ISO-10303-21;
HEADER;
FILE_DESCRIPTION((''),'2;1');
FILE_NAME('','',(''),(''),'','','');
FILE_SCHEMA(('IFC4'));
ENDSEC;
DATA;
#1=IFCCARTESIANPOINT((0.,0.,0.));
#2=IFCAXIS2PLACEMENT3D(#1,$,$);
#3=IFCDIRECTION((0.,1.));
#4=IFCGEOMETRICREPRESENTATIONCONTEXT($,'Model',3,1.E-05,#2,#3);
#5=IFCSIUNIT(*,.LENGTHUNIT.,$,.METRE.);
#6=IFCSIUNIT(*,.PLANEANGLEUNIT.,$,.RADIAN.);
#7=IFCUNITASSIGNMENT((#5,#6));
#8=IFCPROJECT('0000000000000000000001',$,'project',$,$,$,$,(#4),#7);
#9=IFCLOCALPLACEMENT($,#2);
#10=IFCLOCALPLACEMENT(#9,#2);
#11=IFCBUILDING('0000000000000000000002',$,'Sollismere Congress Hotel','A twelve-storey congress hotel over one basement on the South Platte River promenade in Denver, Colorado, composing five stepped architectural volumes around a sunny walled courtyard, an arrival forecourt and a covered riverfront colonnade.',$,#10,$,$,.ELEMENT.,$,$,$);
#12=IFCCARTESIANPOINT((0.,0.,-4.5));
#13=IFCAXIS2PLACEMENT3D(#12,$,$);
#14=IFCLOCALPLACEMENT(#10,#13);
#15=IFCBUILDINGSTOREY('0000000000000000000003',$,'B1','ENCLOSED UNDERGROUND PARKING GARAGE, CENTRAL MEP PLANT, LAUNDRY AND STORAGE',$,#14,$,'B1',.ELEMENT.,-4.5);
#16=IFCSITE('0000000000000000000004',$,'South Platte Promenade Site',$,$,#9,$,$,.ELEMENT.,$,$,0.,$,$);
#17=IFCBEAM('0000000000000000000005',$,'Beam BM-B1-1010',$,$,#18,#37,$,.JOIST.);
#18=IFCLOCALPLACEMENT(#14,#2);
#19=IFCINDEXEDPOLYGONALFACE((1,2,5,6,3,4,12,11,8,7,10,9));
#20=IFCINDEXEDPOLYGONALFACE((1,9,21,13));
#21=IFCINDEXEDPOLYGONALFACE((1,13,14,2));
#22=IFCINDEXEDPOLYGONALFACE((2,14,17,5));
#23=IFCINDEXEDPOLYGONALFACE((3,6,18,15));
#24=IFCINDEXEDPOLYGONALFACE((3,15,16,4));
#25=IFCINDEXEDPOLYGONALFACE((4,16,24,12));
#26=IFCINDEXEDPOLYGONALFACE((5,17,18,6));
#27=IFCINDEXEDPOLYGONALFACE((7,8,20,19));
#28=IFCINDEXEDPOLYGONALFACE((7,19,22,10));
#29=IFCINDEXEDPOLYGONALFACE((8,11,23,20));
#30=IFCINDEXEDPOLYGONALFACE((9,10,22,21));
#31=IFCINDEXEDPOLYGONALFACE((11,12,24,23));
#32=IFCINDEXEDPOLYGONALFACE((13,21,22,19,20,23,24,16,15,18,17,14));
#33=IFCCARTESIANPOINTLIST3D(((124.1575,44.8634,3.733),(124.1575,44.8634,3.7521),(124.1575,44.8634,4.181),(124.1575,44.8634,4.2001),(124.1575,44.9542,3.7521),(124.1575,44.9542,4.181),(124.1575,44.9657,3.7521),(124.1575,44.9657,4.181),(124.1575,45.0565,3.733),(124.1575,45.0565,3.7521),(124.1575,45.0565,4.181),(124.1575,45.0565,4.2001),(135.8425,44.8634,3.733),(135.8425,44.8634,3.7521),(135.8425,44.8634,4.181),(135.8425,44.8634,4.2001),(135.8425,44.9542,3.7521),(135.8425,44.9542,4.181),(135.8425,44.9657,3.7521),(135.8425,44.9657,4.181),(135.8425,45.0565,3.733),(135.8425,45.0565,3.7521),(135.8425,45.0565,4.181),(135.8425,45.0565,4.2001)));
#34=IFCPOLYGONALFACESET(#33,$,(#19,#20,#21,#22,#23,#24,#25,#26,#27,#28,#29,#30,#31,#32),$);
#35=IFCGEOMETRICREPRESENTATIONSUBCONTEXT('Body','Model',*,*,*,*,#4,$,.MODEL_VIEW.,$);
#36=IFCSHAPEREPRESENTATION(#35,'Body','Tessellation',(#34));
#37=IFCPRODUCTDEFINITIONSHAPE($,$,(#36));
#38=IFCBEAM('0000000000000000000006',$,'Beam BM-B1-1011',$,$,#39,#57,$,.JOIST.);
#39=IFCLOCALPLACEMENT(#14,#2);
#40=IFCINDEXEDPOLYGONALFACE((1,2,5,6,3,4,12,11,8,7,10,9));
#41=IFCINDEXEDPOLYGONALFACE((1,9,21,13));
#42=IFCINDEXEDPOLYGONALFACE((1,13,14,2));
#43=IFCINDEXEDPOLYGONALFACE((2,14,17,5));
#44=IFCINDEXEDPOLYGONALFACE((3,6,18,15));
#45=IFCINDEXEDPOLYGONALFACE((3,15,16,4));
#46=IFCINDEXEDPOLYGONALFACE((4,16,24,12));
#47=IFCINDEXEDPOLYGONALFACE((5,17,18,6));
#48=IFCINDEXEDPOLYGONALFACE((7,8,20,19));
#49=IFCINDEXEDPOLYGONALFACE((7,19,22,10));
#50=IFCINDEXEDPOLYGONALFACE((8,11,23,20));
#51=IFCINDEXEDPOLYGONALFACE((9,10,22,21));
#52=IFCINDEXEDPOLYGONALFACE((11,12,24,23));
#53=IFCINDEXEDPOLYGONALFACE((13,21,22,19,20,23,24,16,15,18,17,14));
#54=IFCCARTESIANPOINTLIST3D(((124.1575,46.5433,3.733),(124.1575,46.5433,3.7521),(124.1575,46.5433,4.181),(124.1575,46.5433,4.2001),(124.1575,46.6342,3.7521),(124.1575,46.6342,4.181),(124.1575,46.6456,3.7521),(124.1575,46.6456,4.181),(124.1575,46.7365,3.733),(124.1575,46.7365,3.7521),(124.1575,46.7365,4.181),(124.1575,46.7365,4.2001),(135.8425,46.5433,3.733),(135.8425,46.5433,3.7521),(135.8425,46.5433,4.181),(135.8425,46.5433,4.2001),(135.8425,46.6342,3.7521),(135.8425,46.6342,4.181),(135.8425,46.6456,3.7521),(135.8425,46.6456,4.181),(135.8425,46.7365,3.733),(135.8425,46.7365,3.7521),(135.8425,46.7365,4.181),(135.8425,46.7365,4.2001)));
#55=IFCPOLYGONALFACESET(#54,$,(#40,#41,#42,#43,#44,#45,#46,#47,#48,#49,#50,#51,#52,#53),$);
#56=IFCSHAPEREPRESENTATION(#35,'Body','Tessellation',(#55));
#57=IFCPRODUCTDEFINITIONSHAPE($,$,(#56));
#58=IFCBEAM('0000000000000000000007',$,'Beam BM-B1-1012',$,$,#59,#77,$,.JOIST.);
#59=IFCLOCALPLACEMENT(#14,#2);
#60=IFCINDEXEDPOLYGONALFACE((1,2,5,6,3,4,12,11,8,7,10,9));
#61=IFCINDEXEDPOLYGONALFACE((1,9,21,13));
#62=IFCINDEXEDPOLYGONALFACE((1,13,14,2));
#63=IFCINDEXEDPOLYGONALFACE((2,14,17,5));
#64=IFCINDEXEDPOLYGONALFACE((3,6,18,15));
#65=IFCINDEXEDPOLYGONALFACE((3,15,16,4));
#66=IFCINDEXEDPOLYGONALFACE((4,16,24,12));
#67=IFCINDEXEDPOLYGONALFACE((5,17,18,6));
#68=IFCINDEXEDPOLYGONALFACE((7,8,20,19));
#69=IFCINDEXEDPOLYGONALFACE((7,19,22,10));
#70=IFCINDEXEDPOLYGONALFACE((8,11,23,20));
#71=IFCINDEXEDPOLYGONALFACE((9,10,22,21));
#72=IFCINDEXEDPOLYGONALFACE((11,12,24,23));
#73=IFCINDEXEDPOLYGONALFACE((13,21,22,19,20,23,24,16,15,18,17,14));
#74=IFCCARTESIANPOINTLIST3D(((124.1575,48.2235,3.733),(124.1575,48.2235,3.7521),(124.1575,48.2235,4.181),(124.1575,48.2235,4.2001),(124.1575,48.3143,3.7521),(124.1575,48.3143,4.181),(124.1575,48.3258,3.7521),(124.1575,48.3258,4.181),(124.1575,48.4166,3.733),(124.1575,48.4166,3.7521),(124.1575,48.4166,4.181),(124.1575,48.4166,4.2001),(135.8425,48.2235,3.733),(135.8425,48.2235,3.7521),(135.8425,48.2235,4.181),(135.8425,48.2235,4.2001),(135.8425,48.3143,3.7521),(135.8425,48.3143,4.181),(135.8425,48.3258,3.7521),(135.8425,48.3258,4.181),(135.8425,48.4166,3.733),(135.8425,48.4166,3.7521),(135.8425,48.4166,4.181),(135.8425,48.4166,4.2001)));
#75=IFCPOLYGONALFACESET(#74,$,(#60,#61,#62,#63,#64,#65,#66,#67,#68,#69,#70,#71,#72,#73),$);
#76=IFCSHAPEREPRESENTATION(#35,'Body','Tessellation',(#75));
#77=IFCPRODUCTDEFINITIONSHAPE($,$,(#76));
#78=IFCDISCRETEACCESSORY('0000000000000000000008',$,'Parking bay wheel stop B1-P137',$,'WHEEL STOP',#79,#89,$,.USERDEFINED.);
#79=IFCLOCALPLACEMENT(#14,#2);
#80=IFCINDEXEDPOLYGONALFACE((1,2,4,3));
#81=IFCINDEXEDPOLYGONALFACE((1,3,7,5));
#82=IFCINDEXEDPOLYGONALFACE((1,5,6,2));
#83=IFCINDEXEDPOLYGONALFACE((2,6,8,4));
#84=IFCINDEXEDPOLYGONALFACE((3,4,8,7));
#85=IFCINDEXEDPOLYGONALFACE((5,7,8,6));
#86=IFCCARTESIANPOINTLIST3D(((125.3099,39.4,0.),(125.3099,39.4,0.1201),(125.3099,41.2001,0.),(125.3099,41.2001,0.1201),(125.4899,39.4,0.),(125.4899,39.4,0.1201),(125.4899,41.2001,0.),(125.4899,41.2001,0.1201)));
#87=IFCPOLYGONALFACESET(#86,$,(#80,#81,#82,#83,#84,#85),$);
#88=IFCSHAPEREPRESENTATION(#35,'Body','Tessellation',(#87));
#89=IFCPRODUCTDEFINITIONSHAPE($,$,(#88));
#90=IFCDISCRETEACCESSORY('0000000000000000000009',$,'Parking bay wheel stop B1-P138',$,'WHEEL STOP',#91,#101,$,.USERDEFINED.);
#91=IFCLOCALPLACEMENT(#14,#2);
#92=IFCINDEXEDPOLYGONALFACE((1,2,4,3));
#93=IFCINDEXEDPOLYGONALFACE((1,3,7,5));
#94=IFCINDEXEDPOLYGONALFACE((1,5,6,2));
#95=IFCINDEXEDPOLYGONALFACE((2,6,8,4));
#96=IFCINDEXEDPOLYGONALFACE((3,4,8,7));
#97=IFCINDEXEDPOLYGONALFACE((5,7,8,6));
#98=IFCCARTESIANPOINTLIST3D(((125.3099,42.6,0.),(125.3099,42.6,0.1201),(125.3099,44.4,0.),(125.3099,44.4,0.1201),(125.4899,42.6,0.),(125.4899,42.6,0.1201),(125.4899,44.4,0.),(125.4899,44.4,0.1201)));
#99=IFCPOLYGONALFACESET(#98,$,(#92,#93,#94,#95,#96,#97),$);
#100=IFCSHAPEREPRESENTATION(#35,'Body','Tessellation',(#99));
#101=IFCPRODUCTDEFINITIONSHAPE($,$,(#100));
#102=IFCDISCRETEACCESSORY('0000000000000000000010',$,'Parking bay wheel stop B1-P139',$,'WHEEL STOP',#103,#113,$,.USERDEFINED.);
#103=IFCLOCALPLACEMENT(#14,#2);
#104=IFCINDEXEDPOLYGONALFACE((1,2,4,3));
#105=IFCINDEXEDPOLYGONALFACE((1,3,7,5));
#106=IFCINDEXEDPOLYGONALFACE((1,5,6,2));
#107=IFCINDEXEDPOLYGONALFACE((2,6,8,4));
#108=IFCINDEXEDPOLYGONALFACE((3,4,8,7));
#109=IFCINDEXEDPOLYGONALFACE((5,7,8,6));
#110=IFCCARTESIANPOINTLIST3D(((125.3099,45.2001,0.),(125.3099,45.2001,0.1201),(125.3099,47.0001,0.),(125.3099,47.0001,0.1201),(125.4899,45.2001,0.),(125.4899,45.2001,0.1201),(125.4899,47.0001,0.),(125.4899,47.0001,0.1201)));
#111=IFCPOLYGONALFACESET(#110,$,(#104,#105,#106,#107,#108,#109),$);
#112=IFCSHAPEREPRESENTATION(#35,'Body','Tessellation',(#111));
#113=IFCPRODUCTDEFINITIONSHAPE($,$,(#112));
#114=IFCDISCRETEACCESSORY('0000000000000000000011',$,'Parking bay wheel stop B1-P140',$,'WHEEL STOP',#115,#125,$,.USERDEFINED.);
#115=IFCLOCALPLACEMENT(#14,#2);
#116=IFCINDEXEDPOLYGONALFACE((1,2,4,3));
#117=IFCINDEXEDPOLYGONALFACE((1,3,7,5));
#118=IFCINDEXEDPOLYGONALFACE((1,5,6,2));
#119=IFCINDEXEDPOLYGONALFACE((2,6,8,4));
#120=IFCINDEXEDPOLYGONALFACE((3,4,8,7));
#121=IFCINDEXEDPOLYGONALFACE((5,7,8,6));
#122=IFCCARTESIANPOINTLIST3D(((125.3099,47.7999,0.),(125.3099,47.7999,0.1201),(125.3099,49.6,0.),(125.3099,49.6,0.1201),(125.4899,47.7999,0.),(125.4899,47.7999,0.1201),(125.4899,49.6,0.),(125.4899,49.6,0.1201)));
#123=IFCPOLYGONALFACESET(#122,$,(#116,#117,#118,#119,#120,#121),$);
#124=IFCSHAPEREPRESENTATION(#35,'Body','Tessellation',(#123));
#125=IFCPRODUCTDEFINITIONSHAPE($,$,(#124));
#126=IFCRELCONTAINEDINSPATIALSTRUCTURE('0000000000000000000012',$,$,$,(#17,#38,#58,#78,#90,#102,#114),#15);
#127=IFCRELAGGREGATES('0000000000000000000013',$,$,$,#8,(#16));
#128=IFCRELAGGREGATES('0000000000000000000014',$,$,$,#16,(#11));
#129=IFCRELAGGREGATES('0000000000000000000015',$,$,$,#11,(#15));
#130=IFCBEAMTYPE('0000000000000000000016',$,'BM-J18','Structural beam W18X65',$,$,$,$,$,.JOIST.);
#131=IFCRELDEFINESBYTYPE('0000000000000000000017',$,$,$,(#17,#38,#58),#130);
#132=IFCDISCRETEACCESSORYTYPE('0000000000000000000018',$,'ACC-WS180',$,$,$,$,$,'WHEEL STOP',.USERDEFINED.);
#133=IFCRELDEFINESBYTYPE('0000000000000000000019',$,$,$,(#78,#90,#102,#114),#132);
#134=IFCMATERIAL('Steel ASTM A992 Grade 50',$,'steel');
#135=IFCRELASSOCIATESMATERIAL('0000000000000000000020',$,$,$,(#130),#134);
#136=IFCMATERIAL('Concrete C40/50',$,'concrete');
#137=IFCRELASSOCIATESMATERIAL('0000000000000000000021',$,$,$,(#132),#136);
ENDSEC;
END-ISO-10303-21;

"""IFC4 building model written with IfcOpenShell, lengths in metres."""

from ifc_helpers import new_model, si_unit, direction, frame, origin, origin_2d, place, context, subcontext, project, spatial, rectangle, i_section, extrude, material, material_profile, profile_set, type_object, element, save


model = new_model("IFC4")

# Units and contexts
model_context = context("Model", 3, precision=1e-05, world=origin(), true_north=direction((0.0, 1.0)))
body_context = subcontext(model_context, "Body", "Model", "MODEL_VIEW")
ifc_project = project(units=[si_unit("LENGTHUNIT", "METRE"), si_unit("PLANEANGLEUNIT", "RADIAN")], contexts=[model_context])

# Site, building, storey
site_placement = place(None, origin())
site = spatial("IfcSite", under=ifc_project, at=site_placement, Name="South Platte Promenade Site", CompositionType="ELEMENT", RefElevation=0.0)
building_placement = place(site_placement, origin())
building = spatial("IfcBuilding", under=site, at=building_placement, Name="Sollismere Congress Hotel", Description="A twelve-storey congress hotel over one basement on the South Platte River promenade in Denver, Colorado, composing five stepped architectural volumes around a sunny walled courtyard, an arrival forecourt and a covered riverfront colonnade.", CompositionType="ELEMENT")
storey_placement = place(building_placement, frame((0.0, 0.0, -4.5)))
storey = spatial("IfcBuildingStorey", under=building, at=storey_placement, Name="B1", Description="ENCLOSED UNDERGROUND PARKING GARAGE, CENTRAL MEP PLANT, LAUNDRY AND STORAGE", LongName="B1", CompositionType="ELEMENT", Elevation=-4.5)

# Shared definitions
ifc_material_1 = material(Name="Concrete C40/50", Category="concrete")

# Beams
ifc_material_2 = material(Name="Steel ASTM A992 Grade 50", Category="steel")
ifc_material_profile_1 = material_profile(ifc_material_2, i_section(OverallWidth=0.1931, OverallDepth=0.467, WebThickness=0.0115, FlangeThickness=0.019, at=origin_2d()), Name="W18X65")
ifc_profile_set_1 = profile_set([ifc_material_profile_1], Name="Steel ASTM A992 Grade 50")
beam_type_1 = type_object("IfcBeamType", Name="BM-J18", Description="Structural beam W18X65", PredefinedType="JOIST", material=ifc_profile_set_1)
for number, where, z_axis, x_axis, name in (
    (1, (124.1575, 44.96, 3.9666), (1.0, 0.0, 0.0), (0.0, 1.0, 0.0), "Beam BM-B1-1010"),
    (2, (124.1575, 46.6399, 3.9666), (1.0, 0.0, 0.0), (0.0, 1.0, 0.0), "Beam BM-B1-1011"),
    (3, (124.1575, 48.3201, 3.9666), (1.0, 0.0, 0.0), (0.0, 1.0, 0.0), "Beam BM-B1-1012"),
):
    element("IfcBeam", number, at=place(storey_placement, frame(where, z_axis=z_axis, x_axis=x_axis)), inside=storey, type_object=beam_type_1, Name=name, PredefinedType="JOIST", context=body_context, shape_type="SweptSolid", body=[
        extrude(i_section(OverallWidth=0.1931, OverallDepth=0.467, WebThickness=0.0115, FlangeThickness=0.019, at=origin_2d()), origin(), (0.0, 0.0, 1.0), 11.6851),
    ])

# Discrete accessories
discrete_accessory_type = type_object("IfcDiscreteAccessoryType", Name="ACC-WS180", ElementType="WHEEL STOP", PredefinedType="USERDEFINED", material=ifc_material_1)
for number, where, z_axis, x_axis, name in (
    (4, (125.3999, 40.3, 0.0), (0.0, 0.0, 1.0), (1.0, 0.0, 0.0), "Parking bay wheel stop B1-P137"),
    (5, (125.3999, 43.5, 0.0), (0.0, 0.0, 1.0), (1.0, 0.0, 0.0), "Parking bay wheel stop B1-P138"),
    (6, (125.3999, 46.1001, 0.0), (0.0, 0.0, 1.0), (1.0, 0.0, 0.0), "Parking bay wheel stop B1-P139"),
    (7, (125.3999, 48.7, 0.0), (0.0, 0.0, 1.0), (1.0, 0.0, 0.0), "Parking bay wheel stop B1-P140"),
):
    element("IfcDiscreteAccessory", number, at=place(storey_placement, frame(where, z_axis=z_axis, x_axis=x_axis)), inside=storey, type_object=discrete_accessory_type, Name=name, ObjectType="WHEEL STOP", PredefinedType="USERDEFINED", context=body_context, shape_type="SweptSolid", body=[
        extrude(rectangle(XDim=0.1799, YDim=1.8, at=origin_2d()), origin(), (0.0, 0.0, 1.0), 0.1201),
    ])

save(model, "model.ifc")
